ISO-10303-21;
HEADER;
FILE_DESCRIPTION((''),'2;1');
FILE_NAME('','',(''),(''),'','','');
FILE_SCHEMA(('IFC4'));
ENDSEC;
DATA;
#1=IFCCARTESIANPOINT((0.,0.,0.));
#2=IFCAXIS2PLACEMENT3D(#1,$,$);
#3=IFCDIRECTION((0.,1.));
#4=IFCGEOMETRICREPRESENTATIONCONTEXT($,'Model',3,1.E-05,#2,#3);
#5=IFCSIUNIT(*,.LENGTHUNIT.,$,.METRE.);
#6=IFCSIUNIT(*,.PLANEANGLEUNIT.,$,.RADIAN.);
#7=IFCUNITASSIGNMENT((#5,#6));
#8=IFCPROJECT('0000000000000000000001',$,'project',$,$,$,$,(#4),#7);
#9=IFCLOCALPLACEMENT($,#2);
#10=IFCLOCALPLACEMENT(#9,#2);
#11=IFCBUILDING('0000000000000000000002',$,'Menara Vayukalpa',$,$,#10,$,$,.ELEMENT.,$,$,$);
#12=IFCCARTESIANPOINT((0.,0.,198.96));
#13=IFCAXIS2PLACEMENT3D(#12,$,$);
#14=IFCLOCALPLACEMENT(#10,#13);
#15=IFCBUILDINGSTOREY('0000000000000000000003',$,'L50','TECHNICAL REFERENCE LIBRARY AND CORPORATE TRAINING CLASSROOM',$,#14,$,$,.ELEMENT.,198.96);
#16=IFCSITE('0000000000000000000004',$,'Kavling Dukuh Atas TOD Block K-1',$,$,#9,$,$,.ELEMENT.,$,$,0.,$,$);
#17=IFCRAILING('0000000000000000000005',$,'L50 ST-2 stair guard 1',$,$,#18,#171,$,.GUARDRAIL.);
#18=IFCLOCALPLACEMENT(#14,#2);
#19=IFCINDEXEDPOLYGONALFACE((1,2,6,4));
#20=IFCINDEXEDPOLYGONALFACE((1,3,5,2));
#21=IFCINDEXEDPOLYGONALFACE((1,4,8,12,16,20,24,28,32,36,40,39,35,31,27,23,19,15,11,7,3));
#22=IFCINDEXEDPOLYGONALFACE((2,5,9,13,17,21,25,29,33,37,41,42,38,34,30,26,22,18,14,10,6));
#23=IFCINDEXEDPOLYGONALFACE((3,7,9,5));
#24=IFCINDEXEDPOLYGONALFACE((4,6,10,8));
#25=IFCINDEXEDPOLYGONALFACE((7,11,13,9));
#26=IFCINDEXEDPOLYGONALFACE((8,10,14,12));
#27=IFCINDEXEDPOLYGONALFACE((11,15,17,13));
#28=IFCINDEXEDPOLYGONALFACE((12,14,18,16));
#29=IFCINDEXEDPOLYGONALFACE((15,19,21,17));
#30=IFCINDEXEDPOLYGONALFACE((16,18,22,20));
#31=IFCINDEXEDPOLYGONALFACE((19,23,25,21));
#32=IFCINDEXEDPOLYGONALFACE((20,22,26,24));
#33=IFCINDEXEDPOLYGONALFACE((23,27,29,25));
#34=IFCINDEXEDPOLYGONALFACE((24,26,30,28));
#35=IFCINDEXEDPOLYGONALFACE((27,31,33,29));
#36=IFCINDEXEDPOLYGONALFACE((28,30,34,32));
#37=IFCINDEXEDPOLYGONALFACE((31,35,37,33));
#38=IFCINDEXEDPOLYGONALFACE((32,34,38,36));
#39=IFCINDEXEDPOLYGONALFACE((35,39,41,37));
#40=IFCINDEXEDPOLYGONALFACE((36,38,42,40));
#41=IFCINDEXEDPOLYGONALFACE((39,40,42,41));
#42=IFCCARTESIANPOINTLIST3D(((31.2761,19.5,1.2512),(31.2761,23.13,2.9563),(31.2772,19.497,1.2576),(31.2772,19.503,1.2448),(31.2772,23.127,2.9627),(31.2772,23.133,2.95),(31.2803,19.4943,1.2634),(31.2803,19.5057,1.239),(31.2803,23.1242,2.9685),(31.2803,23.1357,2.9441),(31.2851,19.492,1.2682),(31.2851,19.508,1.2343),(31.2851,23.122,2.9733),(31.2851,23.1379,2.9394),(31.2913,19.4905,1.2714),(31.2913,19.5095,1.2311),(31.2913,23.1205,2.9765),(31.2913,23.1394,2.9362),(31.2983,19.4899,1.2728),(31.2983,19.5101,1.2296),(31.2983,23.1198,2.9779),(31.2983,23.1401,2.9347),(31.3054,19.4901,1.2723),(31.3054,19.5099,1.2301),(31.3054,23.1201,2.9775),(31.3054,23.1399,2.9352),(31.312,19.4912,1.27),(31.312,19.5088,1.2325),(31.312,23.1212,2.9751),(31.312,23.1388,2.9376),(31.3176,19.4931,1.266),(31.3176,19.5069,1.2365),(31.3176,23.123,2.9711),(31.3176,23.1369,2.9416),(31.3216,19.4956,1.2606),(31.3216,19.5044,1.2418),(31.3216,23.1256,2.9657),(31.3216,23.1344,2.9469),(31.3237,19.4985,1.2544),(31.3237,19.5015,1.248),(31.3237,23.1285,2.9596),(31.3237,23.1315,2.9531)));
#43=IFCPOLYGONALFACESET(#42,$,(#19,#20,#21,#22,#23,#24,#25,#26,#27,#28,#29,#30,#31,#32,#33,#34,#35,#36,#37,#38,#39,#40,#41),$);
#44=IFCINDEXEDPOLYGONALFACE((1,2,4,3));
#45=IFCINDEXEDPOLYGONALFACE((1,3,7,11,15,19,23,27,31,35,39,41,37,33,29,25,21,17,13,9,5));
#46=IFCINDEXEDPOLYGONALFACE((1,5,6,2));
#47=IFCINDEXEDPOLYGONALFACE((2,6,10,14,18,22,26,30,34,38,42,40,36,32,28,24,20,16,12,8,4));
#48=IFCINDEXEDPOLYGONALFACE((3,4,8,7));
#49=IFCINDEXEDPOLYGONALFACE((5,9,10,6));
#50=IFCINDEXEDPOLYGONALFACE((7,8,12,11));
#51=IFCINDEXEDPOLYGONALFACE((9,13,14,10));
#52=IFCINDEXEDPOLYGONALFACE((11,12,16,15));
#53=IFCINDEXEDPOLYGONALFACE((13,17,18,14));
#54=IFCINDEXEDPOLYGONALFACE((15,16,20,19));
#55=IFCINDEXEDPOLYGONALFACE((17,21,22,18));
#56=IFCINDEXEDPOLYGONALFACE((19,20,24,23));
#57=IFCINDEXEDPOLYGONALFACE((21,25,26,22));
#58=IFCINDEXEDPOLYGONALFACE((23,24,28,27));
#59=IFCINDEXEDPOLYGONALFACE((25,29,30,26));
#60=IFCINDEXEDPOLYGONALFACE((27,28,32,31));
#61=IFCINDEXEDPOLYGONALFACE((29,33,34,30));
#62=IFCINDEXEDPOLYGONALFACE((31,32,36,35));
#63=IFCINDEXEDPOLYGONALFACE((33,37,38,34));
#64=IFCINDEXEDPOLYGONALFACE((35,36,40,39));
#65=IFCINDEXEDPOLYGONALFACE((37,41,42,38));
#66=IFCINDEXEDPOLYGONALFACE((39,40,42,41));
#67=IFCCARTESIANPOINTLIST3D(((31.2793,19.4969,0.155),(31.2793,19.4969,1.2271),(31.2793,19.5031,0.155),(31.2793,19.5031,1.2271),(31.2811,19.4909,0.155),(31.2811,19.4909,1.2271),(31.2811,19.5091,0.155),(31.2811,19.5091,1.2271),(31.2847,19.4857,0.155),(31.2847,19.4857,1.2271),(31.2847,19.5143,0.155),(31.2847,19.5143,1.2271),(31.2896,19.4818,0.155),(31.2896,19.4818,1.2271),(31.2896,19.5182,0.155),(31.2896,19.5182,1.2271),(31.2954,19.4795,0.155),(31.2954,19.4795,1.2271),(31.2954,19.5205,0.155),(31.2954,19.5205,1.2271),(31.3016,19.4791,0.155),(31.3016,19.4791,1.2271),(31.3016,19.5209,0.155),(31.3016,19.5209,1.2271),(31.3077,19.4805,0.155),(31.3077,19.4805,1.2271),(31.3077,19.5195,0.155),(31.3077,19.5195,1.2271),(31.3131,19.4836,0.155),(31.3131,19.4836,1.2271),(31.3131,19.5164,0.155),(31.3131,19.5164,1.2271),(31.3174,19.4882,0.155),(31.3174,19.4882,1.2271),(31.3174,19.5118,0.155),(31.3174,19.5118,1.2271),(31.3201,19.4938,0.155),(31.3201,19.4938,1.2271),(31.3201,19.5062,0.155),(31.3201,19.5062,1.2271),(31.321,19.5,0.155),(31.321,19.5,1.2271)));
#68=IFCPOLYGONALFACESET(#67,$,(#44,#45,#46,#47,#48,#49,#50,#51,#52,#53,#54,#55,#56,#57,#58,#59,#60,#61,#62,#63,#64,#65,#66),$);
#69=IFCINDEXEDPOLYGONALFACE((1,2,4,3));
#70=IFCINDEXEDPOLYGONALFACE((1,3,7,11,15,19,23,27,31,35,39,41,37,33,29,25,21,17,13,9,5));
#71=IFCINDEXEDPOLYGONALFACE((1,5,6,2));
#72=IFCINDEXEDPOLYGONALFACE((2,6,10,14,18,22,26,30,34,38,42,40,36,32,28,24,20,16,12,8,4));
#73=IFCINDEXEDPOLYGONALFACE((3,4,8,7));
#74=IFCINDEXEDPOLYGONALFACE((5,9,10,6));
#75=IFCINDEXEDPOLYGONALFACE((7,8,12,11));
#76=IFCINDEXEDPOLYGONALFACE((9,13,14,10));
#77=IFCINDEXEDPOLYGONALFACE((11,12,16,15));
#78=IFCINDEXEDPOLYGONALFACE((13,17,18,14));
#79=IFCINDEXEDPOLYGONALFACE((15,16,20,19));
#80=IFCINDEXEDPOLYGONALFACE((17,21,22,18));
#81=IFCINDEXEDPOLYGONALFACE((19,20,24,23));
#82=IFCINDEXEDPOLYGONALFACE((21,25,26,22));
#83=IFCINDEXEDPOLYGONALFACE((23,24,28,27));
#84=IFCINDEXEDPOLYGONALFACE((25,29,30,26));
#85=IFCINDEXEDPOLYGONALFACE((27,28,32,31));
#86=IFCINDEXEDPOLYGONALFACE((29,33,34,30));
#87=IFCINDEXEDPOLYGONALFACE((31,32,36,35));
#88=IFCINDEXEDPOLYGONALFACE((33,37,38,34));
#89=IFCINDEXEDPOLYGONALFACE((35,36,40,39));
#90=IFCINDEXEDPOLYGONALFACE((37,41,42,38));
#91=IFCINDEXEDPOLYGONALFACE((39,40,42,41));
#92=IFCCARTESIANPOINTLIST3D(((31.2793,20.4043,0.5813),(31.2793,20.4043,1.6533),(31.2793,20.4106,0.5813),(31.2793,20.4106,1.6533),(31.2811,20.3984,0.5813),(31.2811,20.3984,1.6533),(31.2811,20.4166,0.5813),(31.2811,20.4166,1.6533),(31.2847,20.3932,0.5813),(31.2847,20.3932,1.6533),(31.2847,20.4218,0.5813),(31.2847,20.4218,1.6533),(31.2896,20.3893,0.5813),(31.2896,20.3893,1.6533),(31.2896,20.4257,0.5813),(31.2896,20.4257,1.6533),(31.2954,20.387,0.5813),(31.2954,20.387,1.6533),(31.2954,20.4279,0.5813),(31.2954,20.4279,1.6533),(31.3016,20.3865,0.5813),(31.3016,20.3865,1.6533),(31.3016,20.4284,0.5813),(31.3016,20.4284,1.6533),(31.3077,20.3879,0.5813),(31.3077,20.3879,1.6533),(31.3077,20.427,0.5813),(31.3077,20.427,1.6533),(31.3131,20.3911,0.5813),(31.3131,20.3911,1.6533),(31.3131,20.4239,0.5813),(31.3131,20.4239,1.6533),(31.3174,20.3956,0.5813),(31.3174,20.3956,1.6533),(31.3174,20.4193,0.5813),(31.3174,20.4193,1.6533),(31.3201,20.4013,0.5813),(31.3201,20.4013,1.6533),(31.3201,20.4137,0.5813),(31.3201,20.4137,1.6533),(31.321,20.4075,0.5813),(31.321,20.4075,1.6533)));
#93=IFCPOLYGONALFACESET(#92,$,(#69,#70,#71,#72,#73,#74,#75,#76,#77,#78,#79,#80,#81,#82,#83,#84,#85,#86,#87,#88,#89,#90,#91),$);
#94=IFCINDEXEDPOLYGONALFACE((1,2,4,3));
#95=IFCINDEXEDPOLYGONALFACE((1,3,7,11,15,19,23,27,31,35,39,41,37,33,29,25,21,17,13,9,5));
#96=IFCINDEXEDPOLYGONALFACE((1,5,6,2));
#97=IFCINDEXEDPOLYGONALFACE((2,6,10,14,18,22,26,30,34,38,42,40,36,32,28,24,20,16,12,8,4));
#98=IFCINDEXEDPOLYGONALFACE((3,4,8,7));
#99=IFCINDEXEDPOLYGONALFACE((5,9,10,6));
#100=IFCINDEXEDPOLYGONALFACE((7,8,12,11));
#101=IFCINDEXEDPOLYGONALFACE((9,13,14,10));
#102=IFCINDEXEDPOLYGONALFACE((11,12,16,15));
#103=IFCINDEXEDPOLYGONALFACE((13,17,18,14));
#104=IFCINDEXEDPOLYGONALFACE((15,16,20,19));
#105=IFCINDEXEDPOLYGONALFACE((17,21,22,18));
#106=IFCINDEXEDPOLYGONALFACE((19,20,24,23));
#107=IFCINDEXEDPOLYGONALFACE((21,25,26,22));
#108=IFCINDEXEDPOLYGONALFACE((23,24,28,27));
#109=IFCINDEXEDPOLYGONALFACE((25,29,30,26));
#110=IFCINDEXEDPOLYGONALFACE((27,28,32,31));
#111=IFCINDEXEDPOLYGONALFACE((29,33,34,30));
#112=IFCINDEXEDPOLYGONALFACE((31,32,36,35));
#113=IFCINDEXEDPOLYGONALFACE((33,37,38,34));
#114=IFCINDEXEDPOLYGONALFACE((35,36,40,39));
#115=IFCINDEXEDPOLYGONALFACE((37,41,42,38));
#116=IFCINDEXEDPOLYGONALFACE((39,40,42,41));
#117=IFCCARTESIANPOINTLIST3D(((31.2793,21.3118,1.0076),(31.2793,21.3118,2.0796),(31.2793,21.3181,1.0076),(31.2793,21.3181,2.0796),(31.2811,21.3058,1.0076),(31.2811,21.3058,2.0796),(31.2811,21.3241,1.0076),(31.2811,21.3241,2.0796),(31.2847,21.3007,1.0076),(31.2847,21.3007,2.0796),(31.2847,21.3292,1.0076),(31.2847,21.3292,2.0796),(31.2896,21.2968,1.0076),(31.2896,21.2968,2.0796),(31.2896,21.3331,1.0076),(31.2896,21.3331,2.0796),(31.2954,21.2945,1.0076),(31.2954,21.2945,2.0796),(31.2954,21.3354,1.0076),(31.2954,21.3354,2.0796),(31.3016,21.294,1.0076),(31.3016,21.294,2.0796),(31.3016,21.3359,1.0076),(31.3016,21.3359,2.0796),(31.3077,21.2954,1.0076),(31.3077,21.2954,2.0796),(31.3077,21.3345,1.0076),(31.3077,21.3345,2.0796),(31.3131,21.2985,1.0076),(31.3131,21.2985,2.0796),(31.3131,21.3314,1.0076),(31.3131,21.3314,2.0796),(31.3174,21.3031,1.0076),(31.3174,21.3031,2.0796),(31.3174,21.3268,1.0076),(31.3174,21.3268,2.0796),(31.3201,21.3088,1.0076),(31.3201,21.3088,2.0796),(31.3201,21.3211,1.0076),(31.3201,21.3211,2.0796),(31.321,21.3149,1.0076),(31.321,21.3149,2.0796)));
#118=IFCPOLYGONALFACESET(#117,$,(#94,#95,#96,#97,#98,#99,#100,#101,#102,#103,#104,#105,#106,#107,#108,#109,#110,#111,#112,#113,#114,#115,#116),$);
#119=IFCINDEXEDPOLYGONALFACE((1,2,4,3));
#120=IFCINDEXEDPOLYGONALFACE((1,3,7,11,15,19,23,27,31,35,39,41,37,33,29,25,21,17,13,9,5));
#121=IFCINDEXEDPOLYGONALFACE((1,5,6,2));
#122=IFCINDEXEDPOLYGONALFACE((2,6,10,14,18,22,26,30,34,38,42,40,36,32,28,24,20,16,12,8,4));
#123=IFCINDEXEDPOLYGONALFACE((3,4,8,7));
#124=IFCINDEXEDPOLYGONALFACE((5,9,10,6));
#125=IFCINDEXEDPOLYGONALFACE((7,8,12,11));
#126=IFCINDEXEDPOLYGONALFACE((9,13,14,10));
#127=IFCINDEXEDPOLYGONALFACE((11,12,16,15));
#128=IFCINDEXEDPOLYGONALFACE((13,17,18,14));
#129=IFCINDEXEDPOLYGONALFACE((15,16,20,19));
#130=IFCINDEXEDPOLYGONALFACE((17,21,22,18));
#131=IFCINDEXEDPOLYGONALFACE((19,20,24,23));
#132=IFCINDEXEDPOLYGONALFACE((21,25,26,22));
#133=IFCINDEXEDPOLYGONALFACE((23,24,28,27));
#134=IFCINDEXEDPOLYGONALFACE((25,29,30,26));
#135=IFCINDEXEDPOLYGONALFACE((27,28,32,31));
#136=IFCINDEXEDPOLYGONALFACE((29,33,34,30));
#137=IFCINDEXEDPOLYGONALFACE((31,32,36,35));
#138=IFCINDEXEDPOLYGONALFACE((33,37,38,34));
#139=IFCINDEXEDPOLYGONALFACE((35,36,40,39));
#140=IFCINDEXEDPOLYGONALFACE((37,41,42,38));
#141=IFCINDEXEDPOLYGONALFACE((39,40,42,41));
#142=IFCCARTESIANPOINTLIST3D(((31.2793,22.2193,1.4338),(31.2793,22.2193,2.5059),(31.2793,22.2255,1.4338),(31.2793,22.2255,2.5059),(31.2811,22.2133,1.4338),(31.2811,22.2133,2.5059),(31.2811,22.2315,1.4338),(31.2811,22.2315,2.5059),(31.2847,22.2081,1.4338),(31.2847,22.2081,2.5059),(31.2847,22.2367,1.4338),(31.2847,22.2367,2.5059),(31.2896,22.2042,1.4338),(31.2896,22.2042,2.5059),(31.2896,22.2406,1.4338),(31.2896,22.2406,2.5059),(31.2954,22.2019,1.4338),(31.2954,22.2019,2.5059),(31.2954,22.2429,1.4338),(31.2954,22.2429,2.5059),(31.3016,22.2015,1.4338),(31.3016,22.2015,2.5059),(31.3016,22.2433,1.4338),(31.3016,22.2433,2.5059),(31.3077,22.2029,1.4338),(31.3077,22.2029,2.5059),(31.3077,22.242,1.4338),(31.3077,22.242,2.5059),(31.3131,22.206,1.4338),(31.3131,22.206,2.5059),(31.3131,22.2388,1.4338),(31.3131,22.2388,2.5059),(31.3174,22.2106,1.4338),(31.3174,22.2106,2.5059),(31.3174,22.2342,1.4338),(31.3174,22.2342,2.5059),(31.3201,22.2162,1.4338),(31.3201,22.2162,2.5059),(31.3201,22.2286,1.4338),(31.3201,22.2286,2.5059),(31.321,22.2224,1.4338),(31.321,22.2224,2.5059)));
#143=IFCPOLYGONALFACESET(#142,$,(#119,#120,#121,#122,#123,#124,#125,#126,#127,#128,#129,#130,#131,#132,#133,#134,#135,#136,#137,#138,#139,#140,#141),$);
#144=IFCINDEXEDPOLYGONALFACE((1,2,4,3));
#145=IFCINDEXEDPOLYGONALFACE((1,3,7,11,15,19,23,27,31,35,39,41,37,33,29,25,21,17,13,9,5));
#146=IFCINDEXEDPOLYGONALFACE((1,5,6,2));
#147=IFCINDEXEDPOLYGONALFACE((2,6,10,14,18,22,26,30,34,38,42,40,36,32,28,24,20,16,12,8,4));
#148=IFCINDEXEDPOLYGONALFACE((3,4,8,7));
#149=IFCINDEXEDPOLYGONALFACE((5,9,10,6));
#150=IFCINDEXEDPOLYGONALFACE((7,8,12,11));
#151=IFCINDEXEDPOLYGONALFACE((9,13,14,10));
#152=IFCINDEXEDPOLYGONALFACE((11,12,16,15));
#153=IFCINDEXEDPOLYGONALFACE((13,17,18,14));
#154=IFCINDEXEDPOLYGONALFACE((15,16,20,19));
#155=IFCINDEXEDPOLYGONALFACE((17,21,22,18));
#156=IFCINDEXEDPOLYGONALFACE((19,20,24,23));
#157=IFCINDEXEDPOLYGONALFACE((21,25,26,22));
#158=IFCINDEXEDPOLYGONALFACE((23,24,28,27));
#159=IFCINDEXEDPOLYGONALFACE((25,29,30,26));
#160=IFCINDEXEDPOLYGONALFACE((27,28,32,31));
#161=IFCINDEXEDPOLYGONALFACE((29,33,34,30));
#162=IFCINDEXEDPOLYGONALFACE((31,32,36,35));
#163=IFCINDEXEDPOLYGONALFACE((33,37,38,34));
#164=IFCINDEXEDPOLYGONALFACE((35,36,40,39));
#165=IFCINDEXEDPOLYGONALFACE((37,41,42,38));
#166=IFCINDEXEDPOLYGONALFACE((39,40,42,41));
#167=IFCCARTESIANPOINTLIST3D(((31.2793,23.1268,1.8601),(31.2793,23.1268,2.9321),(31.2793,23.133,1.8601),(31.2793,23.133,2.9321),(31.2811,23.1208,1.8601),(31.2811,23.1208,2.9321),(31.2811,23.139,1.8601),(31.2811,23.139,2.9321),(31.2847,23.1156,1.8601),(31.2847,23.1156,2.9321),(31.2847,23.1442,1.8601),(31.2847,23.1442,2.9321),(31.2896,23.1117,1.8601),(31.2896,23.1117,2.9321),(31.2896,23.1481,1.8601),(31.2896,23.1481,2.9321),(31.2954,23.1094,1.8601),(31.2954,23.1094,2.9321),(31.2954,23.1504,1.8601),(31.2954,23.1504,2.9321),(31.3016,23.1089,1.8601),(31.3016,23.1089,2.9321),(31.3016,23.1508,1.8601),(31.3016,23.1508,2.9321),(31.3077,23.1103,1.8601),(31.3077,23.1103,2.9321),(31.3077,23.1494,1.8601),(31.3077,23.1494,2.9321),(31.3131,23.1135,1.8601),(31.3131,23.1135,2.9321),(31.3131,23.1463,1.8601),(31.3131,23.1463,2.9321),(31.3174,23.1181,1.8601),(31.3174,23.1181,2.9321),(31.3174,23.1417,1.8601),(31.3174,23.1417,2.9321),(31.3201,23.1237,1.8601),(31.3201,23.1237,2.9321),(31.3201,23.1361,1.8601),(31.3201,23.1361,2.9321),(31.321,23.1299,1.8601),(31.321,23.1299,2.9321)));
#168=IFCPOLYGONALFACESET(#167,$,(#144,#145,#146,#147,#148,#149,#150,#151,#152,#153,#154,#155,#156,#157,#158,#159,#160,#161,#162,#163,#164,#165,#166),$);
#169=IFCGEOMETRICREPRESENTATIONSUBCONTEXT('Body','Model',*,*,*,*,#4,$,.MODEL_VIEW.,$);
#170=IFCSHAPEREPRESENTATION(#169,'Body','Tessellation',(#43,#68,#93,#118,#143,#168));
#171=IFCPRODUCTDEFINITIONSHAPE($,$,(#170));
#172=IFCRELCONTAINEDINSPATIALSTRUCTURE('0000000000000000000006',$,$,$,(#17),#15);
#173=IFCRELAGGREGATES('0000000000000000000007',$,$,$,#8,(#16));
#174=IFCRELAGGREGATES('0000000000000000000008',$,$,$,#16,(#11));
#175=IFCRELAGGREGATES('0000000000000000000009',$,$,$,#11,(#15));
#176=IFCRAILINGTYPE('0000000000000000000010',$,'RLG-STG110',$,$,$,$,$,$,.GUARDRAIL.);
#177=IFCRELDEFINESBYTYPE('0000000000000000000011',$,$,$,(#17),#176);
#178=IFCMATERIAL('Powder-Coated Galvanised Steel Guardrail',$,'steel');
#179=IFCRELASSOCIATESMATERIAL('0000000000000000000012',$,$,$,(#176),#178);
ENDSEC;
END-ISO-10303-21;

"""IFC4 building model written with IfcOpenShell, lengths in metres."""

from ifc_helpers import new_model, si_unit, direction, frame, origin, origin_2d, place, context, subcontext, project, spatial, circle, extrude, material, type_object, element, save


model = new_model("IFC4")

# Units and contexts
model_context = context("Model", 3, precision=1e-05, world=origin(), true_north=direction((0.0, 1.0)))
body_context = subcontext(model_context, "Body", "Model", "MODEL_VIEW")
ifc_project = project(units=[si_unit("LENGTHUNIT", "METRE"), si_unit("PLANEANGLEUNIT", "RADIAN")], contexts=[model_context])

# Site, building, storey
site_placement = place(None, origin())
site = spatial("IfcSite", under=ifc_project, at=site_placement, Name="Kavling Dukuh Atas TOD Block K-1", CompositionType="ELEMENT", RefElevation=0.0)
building_placement = place(site_placement, origin())
building = spatial("IfcBuilding", under=site, at=building_placement, Name="Menara Vayukalpa", CompositionType="ELEMENT")
storey_placement = place(building_placement, frame((0.0, 0.0, 198.96)))
storey = spatial("IfcBuildingStorey", under=building, at=storey_placement, Name="L50", Description="TECHNICAL REFERENCE LIBRARY AND CORPORATE TRAINING CLASSROOM", CompositionType="ELEMENT", Elevation=198.96)

# Railing
ifc_material_1 = material(Name="Powder-Coated Galvanised Steel Guardrail", Category="steel")
railing_type_1 = type_object("IfcRailingType", Name="RLG-STG110", PredefinedType="GUARDRAIL", material=ifc_material_1)
railing_1_placement = place(storey_placement, frame((31.3, 19.5, 0.155)))
element("IfcRailing", 1, at=railing_1_placement, inside=storey, type_object=railing_type_1, Name="L50 ST-2 stair guard 1", PredefinedType="GUARDRAIL", context=body_context, shape_type="SweptSolid", body=[
    extrude(circle(Radius=0.0239, at=origin_2d()), frame((0.0, 0.0, 1.0962), z_axis=(0.0, 0.905116, 0.425164), x_axis=(-1.0, 0.0, 0.0)), (0.0, 0.0, 1.0), 4.0105),
    extrude(circle(Radius=0.021, at=origin_2d()), origin(), (0.0, 0.0, 1.0), 1.072),
    extrude(circle(Radius=0.021, at=origin_2d()), frame((0.0, 0.9075, 0.4263)), (0.0, 0.0, 1.0), 1.072),
    extrude(circle(Radius=0.021, at=origin_2d()), frame((0.0, 1.8149, 0.8525)), (0.0, 0.0, 1.0), 1.072),
    extrude(circle(Radius=0.021, at=origin_2d()), frame((0.0, 2.7224, 1.2788)), (0.0, 0.0, 1.0), 1.072),
    extrude(circle(Radius=0.021, at=origin_2d()), frame((0.0, 3.6299, 1.7051)), (0.0, 0.0, 1.0), 1.072),
])

save(model, "model.ifc")
